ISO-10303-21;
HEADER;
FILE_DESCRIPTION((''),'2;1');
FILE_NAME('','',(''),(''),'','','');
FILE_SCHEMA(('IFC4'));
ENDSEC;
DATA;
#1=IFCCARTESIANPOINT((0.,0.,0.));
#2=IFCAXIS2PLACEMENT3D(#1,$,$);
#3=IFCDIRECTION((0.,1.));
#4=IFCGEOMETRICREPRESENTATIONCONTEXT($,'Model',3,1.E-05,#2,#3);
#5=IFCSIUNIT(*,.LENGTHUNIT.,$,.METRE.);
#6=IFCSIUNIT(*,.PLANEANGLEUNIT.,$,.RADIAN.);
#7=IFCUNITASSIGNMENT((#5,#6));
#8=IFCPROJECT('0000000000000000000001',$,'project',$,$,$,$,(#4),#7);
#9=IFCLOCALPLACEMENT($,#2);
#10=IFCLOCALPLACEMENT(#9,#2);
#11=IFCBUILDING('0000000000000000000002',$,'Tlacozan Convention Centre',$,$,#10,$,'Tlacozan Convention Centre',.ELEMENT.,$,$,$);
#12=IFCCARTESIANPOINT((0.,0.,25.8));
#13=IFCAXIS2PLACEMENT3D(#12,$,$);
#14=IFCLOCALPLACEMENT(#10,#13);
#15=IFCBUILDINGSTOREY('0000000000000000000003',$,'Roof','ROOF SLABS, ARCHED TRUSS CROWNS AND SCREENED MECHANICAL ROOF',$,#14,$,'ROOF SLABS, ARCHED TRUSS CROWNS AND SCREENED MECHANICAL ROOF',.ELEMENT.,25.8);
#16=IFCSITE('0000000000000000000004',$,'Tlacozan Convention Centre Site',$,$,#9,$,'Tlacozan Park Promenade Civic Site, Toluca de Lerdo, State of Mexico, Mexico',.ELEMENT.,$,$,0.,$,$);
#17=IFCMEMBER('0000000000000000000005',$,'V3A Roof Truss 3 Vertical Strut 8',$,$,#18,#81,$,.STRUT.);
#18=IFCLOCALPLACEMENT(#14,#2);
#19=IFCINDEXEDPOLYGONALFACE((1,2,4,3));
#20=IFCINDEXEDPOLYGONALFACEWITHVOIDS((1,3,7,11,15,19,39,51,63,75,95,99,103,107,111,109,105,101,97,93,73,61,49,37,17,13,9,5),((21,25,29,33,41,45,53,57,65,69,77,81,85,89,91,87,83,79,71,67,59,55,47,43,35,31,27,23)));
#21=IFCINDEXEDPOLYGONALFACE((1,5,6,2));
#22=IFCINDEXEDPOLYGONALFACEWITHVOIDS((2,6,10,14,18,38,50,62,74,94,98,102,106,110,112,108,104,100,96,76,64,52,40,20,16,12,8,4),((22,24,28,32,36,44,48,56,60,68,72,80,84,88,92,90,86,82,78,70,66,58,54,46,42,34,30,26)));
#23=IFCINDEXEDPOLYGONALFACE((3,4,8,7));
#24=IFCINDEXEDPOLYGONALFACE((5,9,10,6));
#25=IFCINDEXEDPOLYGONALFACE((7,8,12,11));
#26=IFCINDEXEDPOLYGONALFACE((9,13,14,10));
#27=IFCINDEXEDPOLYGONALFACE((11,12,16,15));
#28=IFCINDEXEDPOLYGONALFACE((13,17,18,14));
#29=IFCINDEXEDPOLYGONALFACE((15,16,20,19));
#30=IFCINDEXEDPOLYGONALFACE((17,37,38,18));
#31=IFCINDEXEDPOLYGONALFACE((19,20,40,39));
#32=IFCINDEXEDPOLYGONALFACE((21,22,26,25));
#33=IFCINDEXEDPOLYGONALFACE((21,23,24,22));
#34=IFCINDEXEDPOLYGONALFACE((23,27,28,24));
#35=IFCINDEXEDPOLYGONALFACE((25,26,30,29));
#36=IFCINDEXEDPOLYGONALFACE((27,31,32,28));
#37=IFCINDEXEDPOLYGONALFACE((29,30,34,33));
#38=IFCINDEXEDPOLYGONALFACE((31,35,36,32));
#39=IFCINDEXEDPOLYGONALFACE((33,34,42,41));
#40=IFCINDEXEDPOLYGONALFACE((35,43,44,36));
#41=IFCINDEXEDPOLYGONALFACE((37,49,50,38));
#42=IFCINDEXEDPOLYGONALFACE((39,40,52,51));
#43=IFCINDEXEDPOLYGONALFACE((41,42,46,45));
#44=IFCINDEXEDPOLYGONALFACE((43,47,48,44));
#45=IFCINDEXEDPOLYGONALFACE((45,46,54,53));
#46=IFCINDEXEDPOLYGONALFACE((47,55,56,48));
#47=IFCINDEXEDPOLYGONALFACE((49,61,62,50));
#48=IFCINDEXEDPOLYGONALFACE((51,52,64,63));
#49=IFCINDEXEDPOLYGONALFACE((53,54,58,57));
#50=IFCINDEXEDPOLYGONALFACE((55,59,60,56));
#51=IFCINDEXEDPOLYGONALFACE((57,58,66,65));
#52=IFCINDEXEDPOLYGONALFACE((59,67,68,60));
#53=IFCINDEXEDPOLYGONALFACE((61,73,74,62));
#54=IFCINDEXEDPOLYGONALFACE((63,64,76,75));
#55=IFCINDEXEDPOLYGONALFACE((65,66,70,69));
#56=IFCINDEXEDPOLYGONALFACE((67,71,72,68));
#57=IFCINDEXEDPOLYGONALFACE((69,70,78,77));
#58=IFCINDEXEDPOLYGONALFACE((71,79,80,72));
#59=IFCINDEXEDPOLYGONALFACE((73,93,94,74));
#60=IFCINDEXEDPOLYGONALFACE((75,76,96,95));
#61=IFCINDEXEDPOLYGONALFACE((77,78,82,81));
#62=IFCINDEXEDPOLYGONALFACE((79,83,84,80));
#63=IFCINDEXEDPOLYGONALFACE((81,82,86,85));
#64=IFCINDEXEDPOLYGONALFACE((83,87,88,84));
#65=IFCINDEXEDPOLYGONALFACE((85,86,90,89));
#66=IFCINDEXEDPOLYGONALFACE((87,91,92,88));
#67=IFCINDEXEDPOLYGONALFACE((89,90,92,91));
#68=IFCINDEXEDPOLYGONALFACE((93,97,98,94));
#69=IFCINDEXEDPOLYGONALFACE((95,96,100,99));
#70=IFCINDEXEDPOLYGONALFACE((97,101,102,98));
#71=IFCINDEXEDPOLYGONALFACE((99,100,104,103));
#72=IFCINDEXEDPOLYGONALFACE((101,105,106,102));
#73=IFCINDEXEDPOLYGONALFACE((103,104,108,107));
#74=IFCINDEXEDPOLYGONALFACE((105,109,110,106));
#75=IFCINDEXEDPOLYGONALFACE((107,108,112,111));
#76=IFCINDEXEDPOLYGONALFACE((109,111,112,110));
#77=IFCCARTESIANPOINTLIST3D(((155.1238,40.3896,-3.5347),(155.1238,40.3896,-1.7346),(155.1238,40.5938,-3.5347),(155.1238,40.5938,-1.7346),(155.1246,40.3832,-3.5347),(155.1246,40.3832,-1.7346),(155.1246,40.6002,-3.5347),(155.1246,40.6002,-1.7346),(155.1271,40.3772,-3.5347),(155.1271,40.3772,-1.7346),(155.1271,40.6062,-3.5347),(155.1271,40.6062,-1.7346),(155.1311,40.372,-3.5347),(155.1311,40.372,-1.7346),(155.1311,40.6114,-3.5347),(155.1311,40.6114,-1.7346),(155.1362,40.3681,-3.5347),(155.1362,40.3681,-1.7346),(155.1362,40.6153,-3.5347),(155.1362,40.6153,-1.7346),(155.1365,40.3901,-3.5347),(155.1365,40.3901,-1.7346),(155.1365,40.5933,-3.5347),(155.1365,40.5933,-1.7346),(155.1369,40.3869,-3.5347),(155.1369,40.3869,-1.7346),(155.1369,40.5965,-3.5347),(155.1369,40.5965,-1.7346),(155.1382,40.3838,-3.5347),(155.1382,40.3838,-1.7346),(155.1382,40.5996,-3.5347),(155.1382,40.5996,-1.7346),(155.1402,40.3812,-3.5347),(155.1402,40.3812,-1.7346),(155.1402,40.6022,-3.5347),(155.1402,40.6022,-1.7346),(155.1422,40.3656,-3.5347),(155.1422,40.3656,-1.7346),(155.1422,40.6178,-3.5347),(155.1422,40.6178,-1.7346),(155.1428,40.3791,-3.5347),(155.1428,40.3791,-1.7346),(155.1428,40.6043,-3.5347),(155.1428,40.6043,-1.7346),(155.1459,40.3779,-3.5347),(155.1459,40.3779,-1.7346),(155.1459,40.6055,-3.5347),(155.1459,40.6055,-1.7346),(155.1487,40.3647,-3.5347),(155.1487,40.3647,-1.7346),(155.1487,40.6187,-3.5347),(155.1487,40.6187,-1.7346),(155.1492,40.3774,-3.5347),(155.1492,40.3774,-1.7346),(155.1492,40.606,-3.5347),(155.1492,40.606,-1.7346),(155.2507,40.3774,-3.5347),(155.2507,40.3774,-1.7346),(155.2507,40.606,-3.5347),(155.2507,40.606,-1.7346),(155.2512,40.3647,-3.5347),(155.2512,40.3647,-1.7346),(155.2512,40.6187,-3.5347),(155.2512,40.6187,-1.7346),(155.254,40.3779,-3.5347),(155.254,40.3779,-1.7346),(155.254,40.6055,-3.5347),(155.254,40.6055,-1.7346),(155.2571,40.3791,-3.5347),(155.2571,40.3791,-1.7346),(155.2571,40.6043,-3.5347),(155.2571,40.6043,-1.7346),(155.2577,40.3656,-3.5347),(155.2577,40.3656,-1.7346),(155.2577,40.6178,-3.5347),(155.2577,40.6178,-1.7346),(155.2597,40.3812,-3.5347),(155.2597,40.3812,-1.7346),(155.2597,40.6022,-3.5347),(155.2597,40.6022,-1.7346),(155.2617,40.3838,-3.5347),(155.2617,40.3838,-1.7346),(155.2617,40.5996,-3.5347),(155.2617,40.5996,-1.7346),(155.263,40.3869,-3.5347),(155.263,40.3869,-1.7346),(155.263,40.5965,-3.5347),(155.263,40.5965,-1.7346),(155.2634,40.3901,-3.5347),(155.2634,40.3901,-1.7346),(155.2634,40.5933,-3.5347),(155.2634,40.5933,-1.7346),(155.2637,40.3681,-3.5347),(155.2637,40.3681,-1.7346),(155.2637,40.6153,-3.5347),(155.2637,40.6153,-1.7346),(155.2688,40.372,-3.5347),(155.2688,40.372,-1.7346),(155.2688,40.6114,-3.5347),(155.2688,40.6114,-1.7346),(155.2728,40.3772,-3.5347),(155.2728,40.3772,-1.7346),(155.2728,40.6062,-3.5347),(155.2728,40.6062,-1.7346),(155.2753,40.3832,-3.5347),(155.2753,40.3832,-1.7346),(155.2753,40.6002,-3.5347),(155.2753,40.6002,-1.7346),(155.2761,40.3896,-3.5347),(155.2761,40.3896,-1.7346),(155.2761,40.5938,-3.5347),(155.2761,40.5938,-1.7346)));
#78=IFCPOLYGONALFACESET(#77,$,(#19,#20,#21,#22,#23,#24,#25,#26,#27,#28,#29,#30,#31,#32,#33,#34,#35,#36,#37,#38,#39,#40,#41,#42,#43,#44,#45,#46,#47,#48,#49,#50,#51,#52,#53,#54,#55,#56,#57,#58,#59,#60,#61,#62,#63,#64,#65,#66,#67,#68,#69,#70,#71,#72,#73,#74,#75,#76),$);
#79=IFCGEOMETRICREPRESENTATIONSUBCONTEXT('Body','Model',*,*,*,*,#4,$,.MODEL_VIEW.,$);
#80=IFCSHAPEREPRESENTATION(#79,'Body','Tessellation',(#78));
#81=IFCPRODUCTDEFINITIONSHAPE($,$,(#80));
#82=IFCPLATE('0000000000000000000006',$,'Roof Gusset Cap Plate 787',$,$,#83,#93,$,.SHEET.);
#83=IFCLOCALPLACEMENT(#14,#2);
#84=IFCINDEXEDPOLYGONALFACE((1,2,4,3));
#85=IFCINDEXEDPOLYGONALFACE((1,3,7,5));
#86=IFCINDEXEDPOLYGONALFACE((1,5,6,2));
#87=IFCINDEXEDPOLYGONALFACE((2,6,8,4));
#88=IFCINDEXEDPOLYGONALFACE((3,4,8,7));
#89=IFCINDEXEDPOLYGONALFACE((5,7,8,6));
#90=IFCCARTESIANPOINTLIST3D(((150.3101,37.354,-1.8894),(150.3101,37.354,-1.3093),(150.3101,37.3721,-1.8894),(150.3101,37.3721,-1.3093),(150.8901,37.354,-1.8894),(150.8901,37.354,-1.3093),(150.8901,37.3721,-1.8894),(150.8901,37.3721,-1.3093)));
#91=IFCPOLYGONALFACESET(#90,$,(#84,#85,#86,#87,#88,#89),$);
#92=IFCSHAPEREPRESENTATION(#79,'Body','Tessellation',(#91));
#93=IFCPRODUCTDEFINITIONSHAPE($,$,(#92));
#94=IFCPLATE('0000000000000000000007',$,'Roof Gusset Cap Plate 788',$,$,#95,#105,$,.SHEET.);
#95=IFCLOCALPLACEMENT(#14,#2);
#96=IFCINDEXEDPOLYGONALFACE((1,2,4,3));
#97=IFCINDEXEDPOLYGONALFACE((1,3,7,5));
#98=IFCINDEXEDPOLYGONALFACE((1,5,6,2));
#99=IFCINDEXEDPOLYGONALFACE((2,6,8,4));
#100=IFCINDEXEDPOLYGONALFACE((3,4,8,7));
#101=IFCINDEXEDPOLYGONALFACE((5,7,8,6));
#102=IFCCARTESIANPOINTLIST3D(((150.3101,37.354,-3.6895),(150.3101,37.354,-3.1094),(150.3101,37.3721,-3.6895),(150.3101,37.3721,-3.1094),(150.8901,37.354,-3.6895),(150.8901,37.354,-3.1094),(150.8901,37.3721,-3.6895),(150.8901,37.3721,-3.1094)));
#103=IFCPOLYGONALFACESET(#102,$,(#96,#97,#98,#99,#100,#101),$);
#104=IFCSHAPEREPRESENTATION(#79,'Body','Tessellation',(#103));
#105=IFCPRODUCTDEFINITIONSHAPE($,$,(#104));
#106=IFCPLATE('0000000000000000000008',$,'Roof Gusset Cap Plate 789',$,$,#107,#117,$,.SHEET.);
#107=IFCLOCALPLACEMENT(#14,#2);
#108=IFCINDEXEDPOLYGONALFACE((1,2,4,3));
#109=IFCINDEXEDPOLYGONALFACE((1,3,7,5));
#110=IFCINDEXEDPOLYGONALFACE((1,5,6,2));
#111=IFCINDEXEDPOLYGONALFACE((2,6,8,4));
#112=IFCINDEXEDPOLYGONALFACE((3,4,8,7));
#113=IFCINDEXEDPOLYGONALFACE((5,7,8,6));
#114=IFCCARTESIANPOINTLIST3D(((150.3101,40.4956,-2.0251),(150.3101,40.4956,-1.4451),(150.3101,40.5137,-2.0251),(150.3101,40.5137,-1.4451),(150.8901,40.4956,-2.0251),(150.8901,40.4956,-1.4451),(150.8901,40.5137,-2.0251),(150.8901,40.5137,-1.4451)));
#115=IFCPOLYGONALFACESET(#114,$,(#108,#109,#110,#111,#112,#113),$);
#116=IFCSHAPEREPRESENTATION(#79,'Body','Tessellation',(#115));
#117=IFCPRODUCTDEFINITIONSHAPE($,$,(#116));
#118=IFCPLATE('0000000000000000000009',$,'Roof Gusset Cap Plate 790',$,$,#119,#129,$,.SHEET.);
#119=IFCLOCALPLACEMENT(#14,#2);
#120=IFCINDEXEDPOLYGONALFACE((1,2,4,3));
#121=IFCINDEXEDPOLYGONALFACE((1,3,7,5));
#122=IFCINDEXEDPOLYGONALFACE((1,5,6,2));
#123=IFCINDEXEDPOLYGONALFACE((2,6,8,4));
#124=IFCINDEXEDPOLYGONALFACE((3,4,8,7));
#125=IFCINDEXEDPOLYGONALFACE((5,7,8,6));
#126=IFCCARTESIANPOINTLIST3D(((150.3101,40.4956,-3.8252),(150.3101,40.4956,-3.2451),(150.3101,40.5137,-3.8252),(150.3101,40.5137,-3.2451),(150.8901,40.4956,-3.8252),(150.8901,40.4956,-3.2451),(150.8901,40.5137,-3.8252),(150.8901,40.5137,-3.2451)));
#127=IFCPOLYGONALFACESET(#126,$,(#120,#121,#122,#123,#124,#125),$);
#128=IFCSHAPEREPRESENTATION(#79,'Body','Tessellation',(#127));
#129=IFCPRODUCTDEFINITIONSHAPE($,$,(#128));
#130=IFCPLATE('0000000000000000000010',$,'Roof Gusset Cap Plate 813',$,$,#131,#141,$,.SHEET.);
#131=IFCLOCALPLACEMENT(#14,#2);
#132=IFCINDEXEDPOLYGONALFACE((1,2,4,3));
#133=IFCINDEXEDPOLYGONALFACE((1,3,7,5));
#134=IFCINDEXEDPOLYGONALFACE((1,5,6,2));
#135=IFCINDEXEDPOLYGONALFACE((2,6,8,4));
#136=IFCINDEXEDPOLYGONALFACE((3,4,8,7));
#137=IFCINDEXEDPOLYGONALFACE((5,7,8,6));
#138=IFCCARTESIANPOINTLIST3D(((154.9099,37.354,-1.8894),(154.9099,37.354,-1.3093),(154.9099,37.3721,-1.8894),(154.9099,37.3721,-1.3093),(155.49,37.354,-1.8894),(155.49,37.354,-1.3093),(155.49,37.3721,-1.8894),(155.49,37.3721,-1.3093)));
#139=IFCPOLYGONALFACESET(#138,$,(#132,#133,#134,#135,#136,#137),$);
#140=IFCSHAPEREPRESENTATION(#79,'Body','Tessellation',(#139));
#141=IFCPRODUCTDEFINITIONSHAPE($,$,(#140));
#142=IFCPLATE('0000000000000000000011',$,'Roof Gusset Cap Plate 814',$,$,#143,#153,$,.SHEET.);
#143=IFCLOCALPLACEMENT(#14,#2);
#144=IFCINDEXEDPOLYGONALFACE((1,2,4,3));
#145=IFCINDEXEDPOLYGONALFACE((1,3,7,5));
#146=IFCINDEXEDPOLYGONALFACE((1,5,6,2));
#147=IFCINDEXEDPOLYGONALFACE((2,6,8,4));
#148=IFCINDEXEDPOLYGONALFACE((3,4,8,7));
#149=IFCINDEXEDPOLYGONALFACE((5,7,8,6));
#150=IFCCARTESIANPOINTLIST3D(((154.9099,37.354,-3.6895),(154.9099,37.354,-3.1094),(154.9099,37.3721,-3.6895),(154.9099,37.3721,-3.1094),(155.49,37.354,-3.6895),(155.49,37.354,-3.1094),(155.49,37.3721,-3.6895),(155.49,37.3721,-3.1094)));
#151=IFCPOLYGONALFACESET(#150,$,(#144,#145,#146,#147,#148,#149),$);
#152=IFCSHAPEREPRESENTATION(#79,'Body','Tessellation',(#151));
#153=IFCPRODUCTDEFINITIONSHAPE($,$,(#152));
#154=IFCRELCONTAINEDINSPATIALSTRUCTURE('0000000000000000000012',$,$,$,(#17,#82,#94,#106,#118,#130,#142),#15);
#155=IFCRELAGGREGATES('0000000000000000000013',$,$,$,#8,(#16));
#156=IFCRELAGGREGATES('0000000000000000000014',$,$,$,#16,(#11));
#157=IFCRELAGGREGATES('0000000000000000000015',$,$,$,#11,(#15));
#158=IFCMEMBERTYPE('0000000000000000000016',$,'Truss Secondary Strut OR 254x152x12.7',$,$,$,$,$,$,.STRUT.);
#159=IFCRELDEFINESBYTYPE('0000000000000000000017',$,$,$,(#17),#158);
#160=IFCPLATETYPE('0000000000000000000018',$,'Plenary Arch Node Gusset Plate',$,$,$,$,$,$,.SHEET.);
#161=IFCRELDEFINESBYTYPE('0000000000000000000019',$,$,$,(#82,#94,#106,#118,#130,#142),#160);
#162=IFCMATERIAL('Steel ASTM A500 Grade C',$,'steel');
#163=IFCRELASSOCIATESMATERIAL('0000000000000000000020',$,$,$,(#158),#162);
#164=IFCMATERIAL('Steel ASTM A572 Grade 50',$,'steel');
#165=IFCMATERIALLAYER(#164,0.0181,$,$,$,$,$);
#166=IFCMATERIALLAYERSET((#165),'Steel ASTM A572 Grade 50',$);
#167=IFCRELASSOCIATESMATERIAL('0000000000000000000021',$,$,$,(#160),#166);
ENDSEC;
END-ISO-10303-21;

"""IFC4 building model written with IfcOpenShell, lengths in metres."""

from ifc_helpers import new_model, si_unit, direction, frame, origin, origin_2d, place, context, subcontext, project, spatial, rectangle, hollow_rectangle, extrude, material, layer, layer_set, material_profile, profile_set, type_object, element, save


model = new_model("IFC4")

# Units and contexts
model_context = context("Model", 3, precision=1e-05, world=origin(), true_north=direction((0.0, 1.0)))
body_context = subcontext(model_context, "Body", "Model", "MODEL_VIEW")
ifc_project = project(units=[si_unit("LENGTHUNIT", "METRE"), si_unit("PLANEANGLEUNIT", "RADIAN")], contexts=[model_context])

# Site, building, storey
site_placement = place(None, origin())
site = spatial("IfcSite", under=ifc_project, at=site_placement, Name="Tlacozan Convention Centre Site", LongName="Tlacozan Park Promenade Civic Site, Toluca de Lerdo, State of Mexico, Mexico", CompositionType="ELEMENT", RefElevation=0.0)
building_placement = place(site_placement, origin())
building = spatial("IfcBuilding", under=site, at=building_placement, Name="Tlacozan Convention Centre", LongName="Tlacozan Convention Centre", CompositionType="ELEMENT")
storey_placement = place(building_placement, frame((0.0, 0.0, 25.8)))
storey = spatial("IfcBuildingStorey", under=building, at=storey_placement, Name="Roof", Description="ROOF SLABS, ARCHED TRUSS CROWNS AND SCREENED MECHANICAL ROOF", LongName="ROOF SLABS, ARCHED TRUSS CROWNS AND SCREENED MECHANICAL ROOF", CompositionType="ELEMENT", Elevation=25.8)

# Member
ifc_material_1 = material(Name="Steel ASTM A500 Grade C", Category="steel")
ifc_material_profile_1 = material_profile(ifc_material_1, hollow_rectangle(XDim=0.1523, YDim=0.2539, WallThickness=0.0127, InnerFilletRadius=0.0127, OuterFilletRadius=0.0249, at=origin_2d()), Name="OR 254x152x12.7")
ifc_profile_set_1 = profile_set([ifc_material_profile_1], Name="Steel ASTM A500 Grade C")
member_type_1 = type_object("IfcMemberType", Name="Truss Secondary Strut OR 254x152x12.7", PredefinedType="STRUT", material=ifc_profile_set_1)
for number, where, z_axis, x_axis, name in (
    (1, (155.2, 40.4917, -3.5347), (0.0, 0.0, 1.0), (1.0, 0.0, 0.0), "V3A Roof Truss 3 Vertical Strut 8"),
):
    element("IfcMember", number, at=place(storey_placement, frame(where, z_axis=z_axis, x_axis=x_axis)), inside=storey, type_object=member_type_1, Name=name, PredefinedType="STRUT", context=body_context, shape_type="SweptSolid", body=[
        extrude(hollow_rectangle(XDim=0.1523, YDim=0.2539, WallThickness=0.0127, InnerFilletRadius=0.0127, OuterFilletRadius=0.0249, at=origin_2d()), origin(), (0.0, 0.0, 1.0), 1.8),
    ])

# Plates
ifc_material_2 = material(Name="Steel ASTM A572 Grade 50", Category="steel")
ifc_layer = layer(ifc_material_2, 0.0181)
ifc_layer_set = layer_set([ifc_layer], Name="Steel ASTM A572 Grade 50")
plate_type = type_object("IfcPlateType", Name="Plenary Arch Node Gusset Plate", PredefinedType="SHEET", material=ifc_layer_set)
for number, where, z_axis, x_axis, name in (
    (2, (150.6001, 37.363, -1.8894), (0.0, 0.0, 1.0), (0.0, 1.0, 0.0), "Roof Gusset Cap Plate 787"),
    (3, (150.6001, 37.363, -3.6895), (0.0, 0.0, 1.0), (0.0, 1.0, 0.0), "Roof Gusset Cap Plate 788"),
    (4, (150.6001, 40.5046, -2.0251), (0.0, 0.0, 1.0), (0.0, 1.0, 0.0), "Roof Gusset Cap Plate 789"),
    (5, (150.6001, 40.5046, -3.8252), (0.0, 0.0, 1.0), (0.0, 1.0, 0.0), "Roof Gusset Cap Plate 790"),
    (6, (155.2, 37.363, -1.8894), (0.0, 0.0, 1.0), (0.0, 1.0, 0.0), "Roof Gusset Cap Plate 813"),
    (7, (155.2, 37.363, -3.6895), (0.0, 0.0, 1.0), (0.0, 1.0, 0.0), "Roof Gusset Cap Plate 814"),
):
    element("IfcPlate", number, at=place(storey_placement, frame(where, z_axis=z_axis, x_axis=x_axis)), inside=storey, type_object=plate_type, Name=name, PredefinedType="SHEET", context=body_context, shape_type="SweptSolid", body=[
        extrude(rectangle(XDim=0.0181, YDim=0.5801, at=origin_2d()), origin(), (0.0, 0.0, 1.0), 0.5801),
    ])

save(model, "model.ifc")
